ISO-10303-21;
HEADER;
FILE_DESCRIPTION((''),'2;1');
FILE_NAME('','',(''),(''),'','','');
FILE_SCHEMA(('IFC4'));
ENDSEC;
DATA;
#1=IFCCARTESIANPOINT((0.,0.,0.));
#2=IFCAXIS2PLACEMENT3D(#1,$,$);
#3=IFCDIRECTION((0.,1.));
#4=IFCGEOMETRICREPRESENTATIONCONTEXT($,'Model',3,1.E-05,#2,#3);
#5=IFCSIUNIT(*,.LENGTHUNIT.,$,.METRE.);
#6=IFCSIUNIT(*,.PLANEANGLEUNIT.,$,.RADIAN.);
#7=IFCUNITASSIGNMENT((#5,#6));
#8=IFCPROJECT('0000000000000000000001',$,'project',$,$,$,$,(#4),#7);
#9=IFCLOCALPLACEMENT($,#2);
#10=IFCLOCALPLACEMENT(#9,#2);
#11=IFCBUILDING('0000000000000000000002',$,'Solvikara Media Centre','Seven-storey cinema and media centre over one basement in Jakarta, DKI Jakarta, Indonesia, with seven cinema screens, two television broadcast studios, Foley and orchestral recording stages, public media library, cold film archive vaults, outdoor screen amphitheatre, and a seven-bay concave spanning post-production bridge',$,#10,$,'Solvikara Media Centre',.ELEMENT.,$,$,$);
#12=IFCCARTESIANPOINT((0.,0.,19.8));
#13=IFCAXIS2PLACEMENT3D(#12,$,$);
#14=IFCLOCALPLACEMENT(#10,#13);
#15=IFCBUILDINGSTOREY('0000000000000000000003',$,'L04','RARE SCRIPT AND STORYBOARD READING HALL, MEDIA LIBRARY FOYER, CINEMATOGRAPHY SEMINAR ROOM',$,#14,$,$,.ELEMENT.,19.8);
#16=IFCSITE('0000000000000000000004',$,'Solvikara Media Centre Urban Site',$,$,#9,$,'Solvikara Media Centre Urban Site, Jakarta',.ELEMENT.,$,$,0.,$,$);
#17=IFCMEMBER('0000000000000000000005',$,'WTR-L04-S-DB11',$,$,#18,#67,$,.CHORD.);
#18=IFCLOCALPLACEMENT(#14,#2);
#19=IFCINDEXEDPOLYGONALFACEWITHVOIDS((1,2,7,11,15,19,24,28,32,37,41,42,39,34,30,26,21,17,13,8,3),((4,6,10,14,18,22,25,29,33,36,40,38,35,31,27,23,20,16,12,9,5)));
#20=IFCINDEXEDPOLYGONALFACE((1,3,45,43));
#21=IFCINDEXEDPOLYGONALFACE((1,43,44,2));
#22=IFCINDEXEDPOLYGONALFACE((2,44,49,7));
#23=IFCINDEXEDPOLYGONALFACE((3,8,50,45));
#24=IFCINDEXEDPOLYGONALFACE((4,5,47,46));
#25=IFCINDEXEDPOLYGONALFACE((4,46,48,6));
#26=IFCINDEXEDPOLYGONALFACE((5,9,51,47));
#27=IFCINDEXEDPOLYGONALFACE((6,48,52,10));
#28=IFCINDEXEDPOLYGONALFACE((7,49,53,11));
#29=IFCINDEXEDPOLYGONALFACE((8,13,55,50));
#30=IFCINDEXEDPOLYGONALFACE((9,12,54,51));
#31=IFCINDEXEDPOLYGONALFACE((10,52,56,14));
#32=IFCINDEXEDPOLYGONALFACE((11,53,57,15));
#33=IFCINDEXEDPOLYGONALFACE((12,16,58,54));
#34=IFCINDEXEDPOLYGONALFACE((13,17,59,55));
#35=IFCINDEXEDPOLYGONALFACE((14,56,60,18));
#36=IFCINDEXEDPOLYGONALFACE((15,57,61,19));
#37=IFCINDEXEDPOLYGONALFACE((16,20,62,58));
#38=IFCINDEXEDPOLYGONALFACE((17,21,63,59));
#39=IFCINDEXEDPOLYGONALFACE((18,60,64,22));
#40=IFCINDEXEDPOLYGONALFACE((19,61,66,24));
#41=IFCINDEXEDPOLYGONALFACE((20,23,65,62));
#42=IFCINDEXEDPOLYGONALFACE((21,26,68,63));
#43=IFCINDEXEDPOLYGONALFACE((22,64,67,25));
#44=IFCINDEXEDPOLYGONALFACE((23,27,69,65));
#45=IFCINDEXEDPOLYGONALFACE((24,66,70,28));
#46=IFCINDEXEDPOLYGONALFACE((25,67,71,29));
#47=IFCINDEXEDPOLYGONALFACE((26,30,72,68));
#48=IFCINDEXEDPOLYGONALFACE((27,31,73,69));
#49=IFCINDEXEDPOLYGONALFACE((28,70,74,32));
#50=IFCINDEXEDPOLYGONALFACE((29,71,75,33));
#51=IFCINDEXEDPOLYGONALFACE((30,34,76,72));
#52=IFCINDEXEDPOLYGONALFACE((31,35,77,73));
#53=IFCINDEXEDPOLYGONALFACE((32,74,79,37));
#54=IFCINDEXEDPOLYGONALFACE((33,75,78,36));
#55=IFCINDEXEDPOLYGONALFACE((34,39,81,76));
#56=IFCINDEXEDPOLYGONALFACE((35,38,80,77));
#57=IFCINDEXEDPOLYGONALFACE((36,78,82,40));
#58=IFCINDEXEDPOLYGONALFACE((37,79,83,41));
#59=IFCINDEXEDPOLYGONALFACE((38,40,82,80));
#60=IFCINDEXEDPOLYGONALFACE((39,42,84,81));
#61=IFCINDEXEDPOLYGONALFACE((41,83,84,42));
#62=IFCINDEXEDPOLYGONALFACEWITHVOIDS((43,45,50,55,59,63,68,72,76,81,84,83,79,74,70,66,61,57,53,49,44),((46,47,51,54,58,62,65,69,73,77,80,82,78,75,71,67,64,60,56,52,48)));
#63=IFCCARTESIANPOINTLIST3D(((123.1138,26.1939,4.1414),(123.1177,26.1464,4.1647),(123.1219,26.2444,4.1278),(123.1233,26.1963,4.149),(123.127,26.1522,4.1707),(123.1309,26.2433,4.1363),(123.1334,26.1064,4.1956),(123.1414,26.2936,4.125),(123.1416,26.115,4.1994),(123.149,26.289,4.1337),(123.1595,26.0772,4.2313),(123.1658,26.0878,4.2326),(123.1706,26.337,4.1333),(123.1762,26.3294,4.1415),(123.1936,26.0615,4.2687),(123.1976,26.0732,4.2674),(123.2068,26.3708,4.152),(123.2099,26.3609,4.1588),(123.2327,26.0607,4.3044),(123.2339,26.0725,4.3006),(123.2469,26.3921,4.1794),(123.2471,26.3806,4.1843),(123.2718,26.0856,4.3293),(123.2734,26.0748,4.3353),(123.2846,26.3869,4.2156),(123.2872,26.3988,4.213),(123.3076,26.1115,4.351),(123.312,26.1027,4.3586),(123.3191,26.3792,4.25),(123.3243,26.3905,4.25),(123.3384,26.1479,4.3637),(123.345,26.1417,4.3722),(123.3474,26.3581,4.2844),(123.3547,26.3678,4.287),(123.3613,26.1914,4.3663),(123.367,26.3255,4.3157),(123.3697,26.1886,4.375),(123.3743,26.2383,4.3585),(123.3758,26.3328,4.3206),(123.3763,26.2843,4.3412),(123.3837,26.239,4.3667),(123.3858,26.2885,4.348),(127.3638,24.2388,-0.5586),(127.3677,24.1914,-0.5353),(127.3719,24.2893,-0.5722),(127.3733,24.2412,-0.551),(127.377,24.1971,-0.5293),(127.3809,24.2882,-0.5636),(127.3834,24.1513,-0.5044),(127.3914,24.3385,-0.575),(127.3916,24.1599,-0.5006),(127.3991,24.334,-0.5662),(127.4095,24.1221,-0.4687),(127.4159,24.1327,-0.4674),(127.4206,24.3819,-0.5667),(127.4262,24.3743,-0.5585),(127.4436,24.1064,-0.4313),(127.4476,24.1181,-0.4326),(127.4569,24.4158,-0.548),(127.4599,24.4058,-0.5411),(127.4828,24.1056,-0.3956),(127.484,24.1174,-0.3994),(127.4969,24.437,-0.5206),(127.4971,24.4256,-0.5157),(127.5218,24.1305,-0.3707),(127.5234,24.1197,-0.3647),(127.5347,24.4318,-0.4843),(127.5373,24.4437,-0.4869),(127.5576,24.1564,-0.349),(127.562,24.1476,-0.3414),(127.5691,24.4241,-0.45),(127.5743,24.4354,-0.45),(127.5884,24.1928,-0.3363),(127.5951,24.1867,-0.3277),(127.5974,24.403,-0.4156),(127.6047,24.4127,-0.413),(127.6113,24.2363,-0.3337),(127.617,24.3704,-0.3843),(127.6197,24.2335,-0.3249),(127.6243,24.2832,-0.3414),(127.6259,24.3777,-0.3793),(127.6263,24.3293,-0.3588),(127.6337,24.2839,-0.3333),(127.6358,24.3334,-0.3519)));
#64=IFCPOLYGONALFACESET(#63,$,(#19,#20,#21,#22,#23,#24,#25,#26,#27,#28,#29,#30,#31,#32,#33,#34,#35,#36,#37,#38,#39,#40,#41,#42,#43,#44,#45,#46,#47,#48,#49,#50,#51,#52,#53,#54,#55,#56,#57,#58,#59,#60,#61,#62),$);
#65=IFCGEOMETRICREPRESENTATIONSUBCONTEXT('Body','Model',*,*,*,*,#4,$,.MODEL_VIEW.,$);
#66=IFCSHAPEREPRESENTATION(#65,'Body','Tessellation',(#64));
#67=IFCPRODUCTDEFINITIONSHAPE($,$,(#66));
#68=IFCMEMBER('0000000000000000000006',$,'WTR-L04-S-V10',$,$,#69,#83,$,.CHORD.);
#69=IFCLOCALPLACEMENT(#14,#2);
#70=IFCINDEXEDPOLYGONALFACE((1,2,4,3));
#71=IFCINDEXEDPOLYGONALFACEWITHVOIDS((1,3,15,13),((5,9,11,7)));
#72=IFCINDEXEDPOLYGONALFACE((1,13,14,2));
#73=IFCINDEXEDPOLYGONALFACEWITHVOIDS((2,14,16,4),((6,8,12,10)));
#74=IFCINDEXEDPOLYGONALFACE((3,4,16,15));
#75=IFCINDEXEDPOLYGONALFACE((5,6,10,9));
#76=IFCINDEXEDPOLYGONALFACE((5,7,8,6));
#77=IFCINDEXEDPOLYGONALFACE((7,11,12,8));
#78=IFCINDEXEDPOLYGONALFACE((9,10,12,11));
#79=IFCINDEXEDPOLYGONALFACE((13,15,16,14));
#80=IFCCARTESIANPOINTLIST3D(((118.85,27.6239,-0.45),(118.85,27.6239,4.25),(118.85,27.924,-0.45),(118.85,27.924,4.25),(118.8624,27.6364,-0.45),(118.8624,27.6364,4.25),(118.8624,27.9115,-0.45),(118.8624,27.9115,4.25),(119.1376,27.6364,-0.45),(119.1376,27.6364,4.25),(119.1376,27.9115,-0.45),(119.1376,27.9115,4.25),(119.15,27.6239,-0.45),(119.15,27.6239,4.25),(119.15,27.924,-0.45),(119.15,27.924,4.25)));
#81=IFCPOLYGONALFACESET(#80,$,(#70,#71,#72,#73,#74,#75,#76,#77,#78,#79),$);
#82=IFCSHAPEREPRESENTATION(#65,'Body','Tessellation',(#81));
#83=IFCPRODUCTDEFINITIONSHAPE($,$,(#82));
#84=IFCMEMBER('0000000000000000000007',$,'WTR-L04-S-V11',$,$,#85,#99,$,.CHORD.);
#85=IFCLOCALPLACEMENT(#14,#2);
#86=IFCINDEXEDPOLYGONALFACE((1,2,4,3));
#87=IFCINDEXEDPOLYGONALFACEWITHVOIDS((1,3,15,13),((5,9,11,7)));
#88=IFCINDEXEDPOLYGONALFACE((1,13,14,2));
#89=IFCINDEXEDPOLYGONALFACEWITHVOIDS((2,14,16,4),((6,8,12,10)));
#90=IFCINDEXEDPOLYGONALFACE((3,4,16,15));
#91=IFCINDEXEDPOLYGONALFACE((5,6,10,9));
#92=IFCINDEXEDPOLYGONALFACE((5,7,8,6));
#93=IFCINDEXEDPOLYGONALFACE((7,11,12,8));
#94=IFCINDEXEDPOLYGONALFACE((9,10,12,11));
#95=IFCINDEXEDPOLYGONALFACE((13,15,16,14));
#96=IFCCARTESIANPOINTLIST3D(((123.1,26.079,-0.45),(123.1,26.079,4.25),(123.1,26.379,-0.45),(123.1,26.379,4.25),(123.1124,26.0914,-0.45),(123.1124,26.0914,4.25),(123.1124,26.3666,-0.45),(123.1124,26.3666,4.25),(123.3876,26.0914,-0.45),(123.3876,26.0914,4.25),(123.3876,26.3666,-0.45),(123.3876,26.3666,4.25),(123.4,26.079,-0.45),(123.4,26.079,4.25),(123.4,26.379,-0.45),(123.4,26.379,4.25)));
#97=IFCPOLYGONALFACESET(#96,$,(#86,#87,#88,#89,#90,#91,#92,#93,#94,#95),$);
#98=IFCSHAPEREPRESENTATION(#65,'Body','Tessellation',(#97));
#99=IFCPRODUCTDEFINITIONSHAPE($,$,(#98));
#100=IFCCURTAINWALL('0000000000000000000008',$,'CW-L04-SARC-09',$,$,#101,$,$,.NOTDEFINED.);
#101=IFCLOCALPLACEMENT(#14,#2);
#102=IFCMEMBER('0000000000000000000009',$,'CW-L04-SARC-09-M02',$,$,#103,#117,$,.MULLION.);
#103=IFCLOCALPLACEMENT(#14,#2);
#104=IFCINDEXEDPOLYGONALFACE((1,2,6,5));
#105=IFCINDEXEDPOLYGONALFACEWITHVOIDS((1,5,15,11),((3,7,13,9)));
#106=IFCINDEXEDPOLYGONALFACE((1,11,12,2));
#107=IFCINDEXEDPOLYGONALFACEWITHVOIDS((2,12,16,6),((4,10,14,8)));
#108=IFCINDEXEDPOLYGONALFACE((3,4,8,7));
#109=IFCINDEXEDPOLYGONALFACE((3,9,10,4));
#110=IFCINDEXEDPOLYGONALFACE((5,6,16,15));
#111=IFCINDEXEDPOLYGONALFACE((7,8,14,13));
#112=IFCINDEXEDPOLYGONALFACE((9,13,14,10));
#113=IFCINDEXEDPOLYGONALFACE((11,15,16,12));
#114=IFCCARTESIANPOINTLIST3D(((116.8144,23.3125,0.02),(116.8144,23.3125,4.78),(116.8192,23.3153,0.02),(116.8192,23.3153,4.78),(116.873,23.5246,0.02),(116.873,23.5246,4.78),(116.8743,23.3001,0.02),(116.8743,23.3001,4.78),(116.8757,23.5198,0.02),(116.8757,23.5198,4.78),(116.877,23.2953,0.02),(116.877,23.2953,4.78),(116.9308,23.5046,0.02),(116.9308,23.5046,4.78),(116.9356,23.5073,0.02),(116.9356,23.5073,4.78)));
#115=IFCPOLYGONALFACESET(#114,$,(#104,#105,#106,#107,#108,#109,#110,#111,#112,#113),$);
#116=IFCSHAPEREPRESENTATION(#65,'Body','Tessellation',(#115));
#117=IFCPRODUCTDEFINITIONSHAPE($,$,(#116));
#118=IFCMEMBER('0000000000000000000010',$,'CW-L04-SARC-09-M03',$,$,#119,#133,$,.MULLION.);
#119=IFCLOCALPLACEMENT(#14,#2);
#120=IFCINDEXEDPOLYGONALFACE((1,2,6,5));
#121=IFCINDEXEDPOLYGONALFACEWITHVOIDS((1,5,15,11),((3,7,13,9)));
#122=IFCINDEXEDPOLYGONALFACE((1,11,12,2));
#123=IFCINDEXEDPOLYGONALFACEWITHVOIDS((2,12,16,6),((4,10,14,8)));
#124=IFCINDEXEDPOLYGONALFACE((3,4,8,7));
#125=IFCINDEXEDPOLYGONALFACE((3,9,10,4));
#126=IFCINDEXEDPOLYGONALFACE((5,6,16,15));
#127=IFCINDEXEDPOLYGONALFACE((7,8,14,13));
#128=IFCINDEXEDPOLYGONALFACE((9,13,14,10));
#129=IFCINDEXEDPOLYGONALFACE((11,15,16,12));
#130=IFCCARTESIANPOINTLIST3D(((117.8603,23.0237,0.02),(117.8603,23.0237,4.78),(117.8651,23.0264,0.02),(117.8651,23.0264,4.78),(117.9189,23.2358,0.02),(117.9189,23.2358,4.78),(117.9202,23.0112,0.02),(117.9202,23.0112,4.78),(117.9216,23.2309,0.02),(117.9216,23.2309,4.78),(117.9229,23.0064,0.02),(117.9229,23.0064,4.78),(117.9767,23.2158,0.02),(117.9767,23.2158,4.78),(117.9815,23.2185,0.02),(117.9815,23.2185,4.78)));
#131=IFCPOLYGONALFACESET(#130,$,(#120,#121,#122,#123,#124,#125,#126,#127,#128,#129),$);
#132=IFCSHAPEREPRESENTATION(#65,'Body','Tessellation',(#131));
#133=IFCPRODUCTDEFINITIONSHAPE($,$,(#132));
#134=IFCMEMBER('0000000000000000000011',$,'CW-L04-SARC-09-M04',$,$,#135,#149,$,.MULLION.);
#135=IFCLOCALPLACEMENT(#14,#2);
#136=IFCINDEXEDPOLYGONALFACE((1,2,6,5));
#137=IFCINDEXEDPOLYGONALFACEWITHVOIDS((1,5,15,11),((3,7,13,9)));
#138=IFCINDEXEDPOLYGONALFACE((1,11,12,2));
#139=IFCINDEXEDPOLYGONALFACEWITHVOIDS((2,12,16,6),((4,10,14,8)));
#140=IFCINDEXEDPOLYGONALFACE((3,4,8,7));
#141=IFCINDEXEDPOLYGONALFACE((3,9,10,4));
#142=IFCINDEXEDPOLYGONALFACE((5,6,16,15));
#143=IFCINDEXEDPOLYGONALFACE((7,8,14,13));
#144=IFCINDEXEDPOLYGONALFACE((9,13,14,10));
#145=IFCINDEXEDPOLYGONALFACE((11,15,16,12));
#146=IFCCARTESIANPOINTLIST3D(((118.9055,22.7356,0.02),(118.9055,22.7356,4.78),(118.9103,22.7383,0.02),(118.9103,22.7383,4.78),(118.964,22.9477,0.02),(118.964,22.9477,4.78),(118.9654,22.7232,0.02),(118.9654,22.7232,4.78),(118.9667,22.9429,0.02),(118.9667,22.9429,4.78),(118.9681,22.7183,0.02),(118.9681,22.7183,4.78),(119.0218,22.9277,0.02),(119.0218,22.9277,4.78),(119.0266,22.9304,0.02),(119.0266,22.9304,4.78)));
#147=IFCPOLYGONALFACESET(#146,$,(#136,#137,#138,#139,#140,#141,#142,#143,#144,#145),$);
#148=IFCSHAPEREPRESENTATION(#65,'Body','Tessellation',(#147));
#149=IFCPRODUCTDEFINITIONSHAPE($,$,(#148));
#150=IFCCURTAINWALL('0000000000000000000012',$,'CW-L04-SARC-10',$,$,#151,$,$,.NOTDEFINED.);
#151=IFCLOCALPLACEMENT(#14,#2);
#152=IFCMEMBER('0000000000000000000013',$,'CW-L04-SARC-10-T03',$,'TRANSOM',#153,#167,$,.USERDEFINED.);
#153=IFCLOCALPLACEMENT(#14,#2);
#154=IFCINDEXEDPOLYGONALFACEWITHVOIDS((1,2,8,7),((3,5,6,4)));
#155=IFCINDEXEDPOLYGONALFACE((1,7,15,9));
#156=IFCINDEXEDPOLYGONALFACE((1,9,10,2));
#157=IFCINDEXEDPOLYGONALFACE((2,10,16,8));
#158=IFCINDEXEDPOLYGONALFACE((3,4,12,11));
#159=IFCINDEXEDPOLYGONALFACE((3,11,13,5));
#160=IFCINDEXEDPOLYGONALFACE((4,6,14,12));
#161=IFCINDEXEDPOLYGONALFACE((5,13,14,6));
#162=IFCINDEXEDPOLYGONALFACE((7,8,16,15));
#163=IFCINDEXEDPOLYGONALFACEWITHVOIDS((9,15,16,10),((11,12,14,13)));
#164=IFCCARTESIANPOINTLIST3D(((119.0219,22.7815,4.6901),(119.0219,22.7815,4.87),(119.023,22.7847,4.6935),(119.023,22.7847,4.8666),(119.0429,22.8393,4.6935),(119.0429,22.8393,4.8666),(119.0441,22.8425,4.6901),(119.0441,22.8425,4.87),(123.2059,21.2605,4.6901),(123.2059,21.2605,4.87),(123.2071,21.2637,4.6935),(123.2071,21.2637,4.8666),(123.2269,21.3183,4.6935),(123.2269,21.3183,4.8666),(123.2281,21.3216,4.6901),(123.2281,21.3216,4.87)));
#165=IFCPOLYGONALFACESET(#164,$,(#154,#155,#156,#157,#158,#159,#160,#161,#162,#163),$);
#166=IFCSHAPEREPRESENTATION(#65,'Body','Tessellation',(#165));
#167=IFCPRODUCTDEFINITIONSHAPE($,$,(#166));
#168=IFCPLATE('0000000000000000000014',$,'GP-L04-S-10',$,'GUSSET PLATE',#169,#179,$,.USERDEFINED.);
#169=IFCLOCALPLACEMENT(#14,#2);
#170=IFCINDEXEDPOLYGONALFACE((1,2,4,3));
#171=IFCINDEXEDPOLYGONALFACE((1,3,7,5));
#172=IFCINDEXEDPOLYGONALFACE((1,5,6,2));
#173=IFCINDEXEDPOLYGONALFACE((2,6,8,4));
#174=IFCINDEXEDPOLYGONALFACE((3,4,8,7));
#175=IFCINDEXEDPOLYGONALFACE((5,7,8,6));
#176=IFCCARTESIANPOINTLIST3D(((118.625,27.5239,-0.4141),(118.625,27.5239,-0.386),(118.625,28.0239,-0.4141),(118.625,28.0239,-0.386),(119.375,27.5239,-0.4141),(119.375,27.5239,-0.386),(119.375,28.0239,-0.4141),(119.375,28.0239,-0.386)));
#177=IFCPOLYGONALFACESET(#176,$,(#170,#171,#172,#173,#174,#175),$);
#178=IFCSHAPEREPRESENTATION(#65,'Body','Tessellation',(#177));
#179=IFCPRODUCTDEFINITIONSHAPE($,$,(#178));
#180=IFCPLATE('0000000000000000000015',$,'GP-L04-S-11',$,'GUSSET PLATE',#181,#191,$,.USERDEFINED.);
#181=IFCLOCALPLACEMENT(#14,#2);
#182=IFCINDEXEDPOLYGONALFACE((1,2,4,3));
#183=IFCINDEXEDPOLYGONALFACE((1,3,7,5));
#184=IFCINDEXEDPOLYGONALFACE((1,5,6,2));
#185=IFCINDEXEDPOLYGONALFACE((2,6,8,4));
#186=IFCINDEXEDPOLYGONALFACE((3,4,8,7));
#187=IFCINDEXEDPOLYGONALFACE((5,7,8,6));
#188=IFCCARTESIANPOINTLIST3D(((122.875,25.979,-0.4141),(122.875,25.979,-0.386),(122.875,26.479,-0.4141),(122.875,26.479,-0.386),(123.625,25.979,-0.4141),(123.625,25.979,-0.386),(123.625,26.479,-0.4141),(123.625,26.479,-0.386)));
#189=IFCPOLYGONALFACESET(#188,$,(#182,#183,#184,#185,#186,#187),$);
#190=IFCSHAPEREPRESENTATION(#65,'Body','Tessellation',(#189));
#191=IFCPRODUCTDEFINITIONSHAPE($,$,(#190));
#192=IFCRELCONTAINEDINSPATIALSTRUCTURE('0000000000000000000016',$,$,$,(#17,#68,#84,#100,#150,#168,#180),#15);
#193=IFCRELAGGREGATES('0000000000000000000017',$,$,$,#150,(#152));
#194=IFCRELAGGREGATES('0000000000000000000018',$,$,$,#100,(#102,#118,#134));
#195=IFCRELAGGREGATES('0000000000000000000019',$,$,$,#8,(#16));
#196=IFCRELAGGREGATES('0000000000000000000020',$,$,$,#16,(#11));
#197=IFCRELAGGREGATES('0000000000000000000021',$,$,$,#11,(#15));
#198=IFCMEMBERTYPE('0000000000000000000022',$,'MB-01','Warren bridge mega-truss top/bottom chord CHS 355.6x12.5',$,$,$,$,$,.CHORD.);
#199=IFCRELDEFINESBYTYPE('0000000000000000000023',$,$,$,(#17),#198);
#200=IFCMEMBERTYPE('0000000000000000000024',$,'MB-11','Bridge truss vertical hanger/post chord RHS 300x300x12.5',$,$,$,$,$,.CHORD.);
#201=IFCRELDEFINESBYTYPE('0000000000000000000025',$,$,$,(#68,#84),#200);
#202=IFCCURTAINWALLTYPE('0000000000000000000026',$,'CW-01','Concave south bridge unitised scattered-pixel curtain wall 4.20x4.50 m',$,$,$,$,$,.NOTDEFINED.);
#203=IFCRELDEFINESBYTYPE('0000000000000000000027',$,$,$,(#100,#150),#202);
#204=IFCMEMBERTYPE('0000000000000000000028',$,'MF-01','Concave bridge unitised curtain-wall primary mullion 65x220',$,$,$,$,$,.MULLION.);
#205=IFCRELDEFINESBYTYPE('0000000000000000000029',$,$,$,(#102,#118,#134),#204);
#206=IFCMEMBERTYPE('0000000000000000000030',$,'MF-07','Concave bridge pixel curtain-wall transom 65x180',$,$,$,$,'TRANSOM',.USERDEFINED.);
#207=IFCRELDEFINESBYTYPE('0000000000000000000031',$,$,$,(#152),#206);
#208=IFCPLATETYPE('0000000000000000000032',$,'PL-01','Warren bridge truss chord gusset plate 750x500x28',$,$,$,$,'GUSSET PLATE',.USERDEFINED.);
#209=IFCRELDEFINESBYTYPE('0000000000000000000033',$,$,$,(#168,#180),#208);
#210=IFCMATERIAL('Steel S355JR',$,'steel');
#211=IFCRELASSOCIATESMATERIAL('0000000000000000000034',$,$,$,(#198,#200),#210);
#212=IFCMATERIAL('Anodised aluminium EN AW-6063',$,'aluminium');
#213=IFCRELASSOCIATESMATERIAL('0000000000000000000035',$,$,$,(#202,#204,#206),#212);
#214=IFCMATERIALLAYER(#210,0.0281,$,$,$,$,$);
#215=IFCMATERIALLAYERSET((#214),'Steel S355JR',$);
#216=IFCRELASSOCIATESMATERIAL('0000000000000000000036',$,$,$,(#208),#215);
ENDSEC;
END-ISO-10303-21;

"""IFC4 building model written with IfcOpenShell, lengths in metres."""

from ifc_helpers import new_model, si_unit, direction, frame, origin, origin_2d, place, context, subcontext, project, spatial, rectangle, hollow_rectangle, hollow_circle, extrude, material, layer, layer_set, material_profile, profile_set, type_object, element, aggregate, save


model = new_model("IFC4")

# Units and contexts
model_context = context("Model", 3, precision=1e-05, world=origin(), true_north=direction((0.0, 1.0)))
body_context = subcontext(model_context, "Body", "Model", "MODEL_VIEW")
ifc_project = project(units=[si_unit("LENGTHUNIT", "METRE"), si_unit("PLANEANGLEUNIT", "RADIAN")], contexts=[model_context])

# Site, building, storey
site_placement = place(None, origin())
site = spatial("IfcSite", under=ifc_project, at=site_placement, Name="Solvikara Media Centre Urban Site", LongName="Solvikara Media Centre Urban Site, Jakarta", CompositionType="ELEMENT", RefElevation=0.0)
building_placement = place(site_placement, origin())
building = spatial("IfcBuilding", under=site, at=building_placement, Name="Solvikara Media Centre", Description="Seven-storey cinema and media centre over one basement in Jakarta, DKI Jakarta, Indonesia, with seven cinema screens, two television broadcast studios, Foley and orchestral recording stages, public media library, cold film archive vaults, outdoor screen amphitheatre, and a seven-bay concave spanning post-production bridge", LongName="Solvikara Media Centre", CompositionType="ELEMENT")
storey_placement = place(building_placement, frame((0.0, 0.0, 19.8)))
storey = spatial("IfcBuildingStorey", under=building, at=storey_placement, Name="L04", Description="RARE SCRIPT AND STORYBOARD READING HALL, MEDIA LIBRARY FOYER, CINEMATOGRAPHY SEMINAR ROOM", CompositionType="ELEMENT", Elevation=19.8)

# Shared definitions
ifc_material_1 = material(Name="Steel S355JR", Category="steel")

# Members
ifc_material_profile_1 = material_profile(ifc_material_1, hollow_circle(Radius=0.1777, WallThickness=0.0125, at=origin_2d()), Name="CHS 355.6x12.5")
ifc_profile_set_1 = profile_set([ifc_material_profile_1], Name="Steel S355JR")
member_type_1 = type_object("IfcMemberType", Name="MB-01", Description="Warren bridge mega-truss top/bottom chord CHS 355.6x12.5", PredefinedType="CHORD", material=ifc_profile_set_1)
member_1_placement = place(storey_placement, frame((123.25, 26.229, 4.25), z_axis=(0.640898, -0.294825, -0.708751), x_axis=(0.417919, 0.908484, 0.0)))
element("IfcMember", 1, at=member_1_placement, inside=storey, type_object=member_type_1, Name="WTR-L04-S-DB11", PredefinedType="CHORD", context=body_context, shape_type="SweptSolid", body=[
    extrude(hollow_circle(Radius=0.1777, WallThickness=0.0125, at=origin_2d()), origin(), (0.0, 0.0, 1.0), 6.6313),
])
ifc_material_profile_2 = material_profile(ifc_material_1, hollow_rectangle(XDim=0.3, YDim=0.3, WallThickness=0.0125, at=origin_2d()), Name="RHS 300x300x12.5")
ifc_profile_set_2 = profile_set([ifc_material_profile_2], Name="Steel S355JR")
member_type_2 = type_object("IfcMemberType", Name="MB-11", Description="Bridge truss vertical hanger/post chord RHS 300x300x12.5", PredefinedType="CHORD", material=ifc_profile_set_2)
for number, where, z_axis, x_axis, name in (
    (2, (119.0, 27.7739, -0.45), (0.0, 0.0, 1.0), (1.0, 0.0, 0.0), "WTR-L04-S-V10"),
    (3, (123.25, 26.229, -0.45), (0.0, 0.0, 1.0), (1.0, 0.0, 0.0), "WTR-L04-S-V11"),
):
    element("IfcMember", number, at=place(storey_placement, frame(where, z_axis=z_axis, x_axis=x_axis)), inside=storey, type_object=member_type_2, Name=name, PredefinedType="CHORD", context=body_context, shape_type="SweptSolid", body=[
        extrude(hollow_rectangle(XDim=0.3, YDim=0.3, WallThickness=0.0125, at=origin_2d()), origin(), (0.0, 0.0, 1.0), 4.7),
    ])

# Curtain wall, members
ifc_material_2 = material(Name="Anodised aluminium EN AW-6063", Category="aluminium")
curtain_wall_type = type_object("IfcCurtainWallType", Name="CW-01", Description="Concave south bridge unitised scattered-pixel curtain wall 4.20x4.50 m", PredefinedType="NOTDEFINED", material=ifc_material_2)
curtain_wall_1_placement = place(storey_placement, origin())
curtain_wall_1 = element("IfcCurtainWall", 4, at=curtain_wall_1_placement, inside=storey, type_object=curtain_wall_type, Name="CW-L04-SARC-09", PredefinedType="NOTDEFINED")
ifc_material_profile_3 = material_profile(ifc_material_2, hollow_rectangle(XDim=0.0649, YDim=0.22, WallThickness=0.0039, at=origin_2d()), Name="ALU-M 65x220x4")
ifc_profile_set_3 = profile_set([ifc_material_profile_3], Name="Anodised aluminium EN AW-6063")
member_type_3 = type_object("IfcMemberType", Name="MF-01", Description="Concave bridge unitised curtain-wall primary mullion 65x220", PredefinedType="MULLION", material=ifc_profile_set_3)
member_2_placement = place(storey_placement, frame((116.875, 23.4099, 0.02), z_axis=(0.0, 0.0, 1.0), x_axis=(0.96397, -0.26601, 0.0)))
member_2 = element("IfcMember", 5, at=member_2_placement, type_object=member_type_3, Name="CW-L04-SARC-09-M02", PredefinedType="MULLION", context=body_context, shape_type="SweptSolid", body=[
    extrude(hollow_rectangle(XDim=0.0649, YDim=0.22, WallThickness=0.0039, at=origin_2d()), origin(), (0.0, 0.0, 1.0), 4.76),
])
member_3_placement = place(storey_placement, frame((117.9209, 23.1211, 0.02), z_axis=(0.0, 0.0, 1.0), x_axis=(0.96397, -0.26601, 0.0)))
member_3 = element("IfcMember", 6, at=member_3_placement, type_object=member_type_3, Name="CW-L04-SARC-09-M03", PredefinedType="MULLION", context=body_context, shape_type="SweptSolid", body=[
    extrude(hollow_rectangle(XDim=0.0649, YDim=0.22, WallThickness=0.0039, at=origin_2d()), origin(), (0.0, 0.0, 1.0), 4.76),
])
member_4_placement = place(storey_placement, frame((118.9661, 22.833, 0.02), z_axis=(0.0, 0.0, 1.0), x_axis=(0.96397, -0.26601, 0.0)))
member_4 = element("IfcMember", 7, at=member_4_placement, type_object=member_type_3, Name="CW-L04-SARC-09-M04", PredefinedType="MULLION", context=body_context, shape_type="SweptSolid", body=[
    extrude(hollow_rectangle(XDim=0.0649, YDim=0.22, WallThickness=0.0039, at=origin_2d()), origin(), (0.0, 0.0, 1.0), 4.76),
])

# Curtain wall, member
curtain_wall_2_placement = place(storey_placement, origin())
curtain_wall_2 = element("IfcCurtainWall", 8, at=curtain_wall_2_placement, inside=storey, type_object=curtain_wall_type, Name="CW-L04-SARC-10", PredefinedType="NOTDEFINED")
ifc_material_profile_4 = material_profile(ifc_material_2, hollow_rectangle(XDim=0.0649, YDim=0.1799, WallThickness=0.0034, at=origin_2d()), Name="ALU-T 65x180x3.5")
ifc_profile_set_4 = profile_set([ifc_material_profile_4], Name="Anodised aluminium EN AW-6063")
member_type_4 = type_object("IfcMemberType", Name="MF-07", Description="Concave bridge pixel curtain-wall transom 65x180", ElementType="TRANSOM", PredefinedType="USERDEFINED", material=ifc_profile_set_4)
member_5_placement = place(storey_placement, frame((119.033, 22.812, 4.78), z_axis=(0.939829, -0.341646, 0.0), x_axis=(0.341646, 0.939829, 0.0)))
member_5 = element("IfcMember", 9, at=member_5_placement, type_object=member_type_4, Name="CW-L04-SARC-10-T03", ObjectType="TRANSOM", PredefinedType="USERDEFINED", context=body_context, shape_type="SweptSolid", body=[
    extrude(hollow_rectangle(XDim=0.0649, YDim=0.1799, WallThickness=0.0034, at=origin_2d()), origin(), (0.0, 0.0, 1.0), 4.4519),
])
aggregate(curtain_wall_2, [member_5])

# Plates
ifc_layer_1 = layer(ifc_material_1, 0.0281)
ifc_layer_set_1 = layer_set([ifc_layer_1], Name="Steel S355JR")
plate_type_1 = type_object("IfcPlateType", Name="PL-01", Description="Warren bridge truss chord gusset plate 750x500x28", ElementType="GUSSET PLATE", PredefinedType="USERDEFINED", material=ifc_layer_set_1)
for number, where, z_axis, x_axis, name in (
    (10, (119.0, 27.7739, -0.4141), (0.0, 0.0, 1.0), (1.0, 0.0, 0.0), "GP-L04-S-10"),
    (11, (123.25, 26.229, -0.4141), (0.0, 0.0, 1.0), (1.0, 0.0, 0.0), "GP-L04-S-11"),
):
    element("IfcPlate", number, at=place(storey_placement, frame(where, z_axis=z_axis, x_axis=x_axis)), inside=storey, type_object=plate_type_1, Name=name, ObjectType="GUSSET PLATE", PredefinedType="USERDEFINED", context=body_context, shape_type="SweptSolid", body=[
        extrude(rectangle(XDim=0.75, YDim=0.5, at=origin_2d()), origin(), (0.0, 0.0, 1.0), 0.0281),
    ])

aggregate(curtain_wall_1, [member_2, member_3, member_4])

save(model, "model.ifc")
